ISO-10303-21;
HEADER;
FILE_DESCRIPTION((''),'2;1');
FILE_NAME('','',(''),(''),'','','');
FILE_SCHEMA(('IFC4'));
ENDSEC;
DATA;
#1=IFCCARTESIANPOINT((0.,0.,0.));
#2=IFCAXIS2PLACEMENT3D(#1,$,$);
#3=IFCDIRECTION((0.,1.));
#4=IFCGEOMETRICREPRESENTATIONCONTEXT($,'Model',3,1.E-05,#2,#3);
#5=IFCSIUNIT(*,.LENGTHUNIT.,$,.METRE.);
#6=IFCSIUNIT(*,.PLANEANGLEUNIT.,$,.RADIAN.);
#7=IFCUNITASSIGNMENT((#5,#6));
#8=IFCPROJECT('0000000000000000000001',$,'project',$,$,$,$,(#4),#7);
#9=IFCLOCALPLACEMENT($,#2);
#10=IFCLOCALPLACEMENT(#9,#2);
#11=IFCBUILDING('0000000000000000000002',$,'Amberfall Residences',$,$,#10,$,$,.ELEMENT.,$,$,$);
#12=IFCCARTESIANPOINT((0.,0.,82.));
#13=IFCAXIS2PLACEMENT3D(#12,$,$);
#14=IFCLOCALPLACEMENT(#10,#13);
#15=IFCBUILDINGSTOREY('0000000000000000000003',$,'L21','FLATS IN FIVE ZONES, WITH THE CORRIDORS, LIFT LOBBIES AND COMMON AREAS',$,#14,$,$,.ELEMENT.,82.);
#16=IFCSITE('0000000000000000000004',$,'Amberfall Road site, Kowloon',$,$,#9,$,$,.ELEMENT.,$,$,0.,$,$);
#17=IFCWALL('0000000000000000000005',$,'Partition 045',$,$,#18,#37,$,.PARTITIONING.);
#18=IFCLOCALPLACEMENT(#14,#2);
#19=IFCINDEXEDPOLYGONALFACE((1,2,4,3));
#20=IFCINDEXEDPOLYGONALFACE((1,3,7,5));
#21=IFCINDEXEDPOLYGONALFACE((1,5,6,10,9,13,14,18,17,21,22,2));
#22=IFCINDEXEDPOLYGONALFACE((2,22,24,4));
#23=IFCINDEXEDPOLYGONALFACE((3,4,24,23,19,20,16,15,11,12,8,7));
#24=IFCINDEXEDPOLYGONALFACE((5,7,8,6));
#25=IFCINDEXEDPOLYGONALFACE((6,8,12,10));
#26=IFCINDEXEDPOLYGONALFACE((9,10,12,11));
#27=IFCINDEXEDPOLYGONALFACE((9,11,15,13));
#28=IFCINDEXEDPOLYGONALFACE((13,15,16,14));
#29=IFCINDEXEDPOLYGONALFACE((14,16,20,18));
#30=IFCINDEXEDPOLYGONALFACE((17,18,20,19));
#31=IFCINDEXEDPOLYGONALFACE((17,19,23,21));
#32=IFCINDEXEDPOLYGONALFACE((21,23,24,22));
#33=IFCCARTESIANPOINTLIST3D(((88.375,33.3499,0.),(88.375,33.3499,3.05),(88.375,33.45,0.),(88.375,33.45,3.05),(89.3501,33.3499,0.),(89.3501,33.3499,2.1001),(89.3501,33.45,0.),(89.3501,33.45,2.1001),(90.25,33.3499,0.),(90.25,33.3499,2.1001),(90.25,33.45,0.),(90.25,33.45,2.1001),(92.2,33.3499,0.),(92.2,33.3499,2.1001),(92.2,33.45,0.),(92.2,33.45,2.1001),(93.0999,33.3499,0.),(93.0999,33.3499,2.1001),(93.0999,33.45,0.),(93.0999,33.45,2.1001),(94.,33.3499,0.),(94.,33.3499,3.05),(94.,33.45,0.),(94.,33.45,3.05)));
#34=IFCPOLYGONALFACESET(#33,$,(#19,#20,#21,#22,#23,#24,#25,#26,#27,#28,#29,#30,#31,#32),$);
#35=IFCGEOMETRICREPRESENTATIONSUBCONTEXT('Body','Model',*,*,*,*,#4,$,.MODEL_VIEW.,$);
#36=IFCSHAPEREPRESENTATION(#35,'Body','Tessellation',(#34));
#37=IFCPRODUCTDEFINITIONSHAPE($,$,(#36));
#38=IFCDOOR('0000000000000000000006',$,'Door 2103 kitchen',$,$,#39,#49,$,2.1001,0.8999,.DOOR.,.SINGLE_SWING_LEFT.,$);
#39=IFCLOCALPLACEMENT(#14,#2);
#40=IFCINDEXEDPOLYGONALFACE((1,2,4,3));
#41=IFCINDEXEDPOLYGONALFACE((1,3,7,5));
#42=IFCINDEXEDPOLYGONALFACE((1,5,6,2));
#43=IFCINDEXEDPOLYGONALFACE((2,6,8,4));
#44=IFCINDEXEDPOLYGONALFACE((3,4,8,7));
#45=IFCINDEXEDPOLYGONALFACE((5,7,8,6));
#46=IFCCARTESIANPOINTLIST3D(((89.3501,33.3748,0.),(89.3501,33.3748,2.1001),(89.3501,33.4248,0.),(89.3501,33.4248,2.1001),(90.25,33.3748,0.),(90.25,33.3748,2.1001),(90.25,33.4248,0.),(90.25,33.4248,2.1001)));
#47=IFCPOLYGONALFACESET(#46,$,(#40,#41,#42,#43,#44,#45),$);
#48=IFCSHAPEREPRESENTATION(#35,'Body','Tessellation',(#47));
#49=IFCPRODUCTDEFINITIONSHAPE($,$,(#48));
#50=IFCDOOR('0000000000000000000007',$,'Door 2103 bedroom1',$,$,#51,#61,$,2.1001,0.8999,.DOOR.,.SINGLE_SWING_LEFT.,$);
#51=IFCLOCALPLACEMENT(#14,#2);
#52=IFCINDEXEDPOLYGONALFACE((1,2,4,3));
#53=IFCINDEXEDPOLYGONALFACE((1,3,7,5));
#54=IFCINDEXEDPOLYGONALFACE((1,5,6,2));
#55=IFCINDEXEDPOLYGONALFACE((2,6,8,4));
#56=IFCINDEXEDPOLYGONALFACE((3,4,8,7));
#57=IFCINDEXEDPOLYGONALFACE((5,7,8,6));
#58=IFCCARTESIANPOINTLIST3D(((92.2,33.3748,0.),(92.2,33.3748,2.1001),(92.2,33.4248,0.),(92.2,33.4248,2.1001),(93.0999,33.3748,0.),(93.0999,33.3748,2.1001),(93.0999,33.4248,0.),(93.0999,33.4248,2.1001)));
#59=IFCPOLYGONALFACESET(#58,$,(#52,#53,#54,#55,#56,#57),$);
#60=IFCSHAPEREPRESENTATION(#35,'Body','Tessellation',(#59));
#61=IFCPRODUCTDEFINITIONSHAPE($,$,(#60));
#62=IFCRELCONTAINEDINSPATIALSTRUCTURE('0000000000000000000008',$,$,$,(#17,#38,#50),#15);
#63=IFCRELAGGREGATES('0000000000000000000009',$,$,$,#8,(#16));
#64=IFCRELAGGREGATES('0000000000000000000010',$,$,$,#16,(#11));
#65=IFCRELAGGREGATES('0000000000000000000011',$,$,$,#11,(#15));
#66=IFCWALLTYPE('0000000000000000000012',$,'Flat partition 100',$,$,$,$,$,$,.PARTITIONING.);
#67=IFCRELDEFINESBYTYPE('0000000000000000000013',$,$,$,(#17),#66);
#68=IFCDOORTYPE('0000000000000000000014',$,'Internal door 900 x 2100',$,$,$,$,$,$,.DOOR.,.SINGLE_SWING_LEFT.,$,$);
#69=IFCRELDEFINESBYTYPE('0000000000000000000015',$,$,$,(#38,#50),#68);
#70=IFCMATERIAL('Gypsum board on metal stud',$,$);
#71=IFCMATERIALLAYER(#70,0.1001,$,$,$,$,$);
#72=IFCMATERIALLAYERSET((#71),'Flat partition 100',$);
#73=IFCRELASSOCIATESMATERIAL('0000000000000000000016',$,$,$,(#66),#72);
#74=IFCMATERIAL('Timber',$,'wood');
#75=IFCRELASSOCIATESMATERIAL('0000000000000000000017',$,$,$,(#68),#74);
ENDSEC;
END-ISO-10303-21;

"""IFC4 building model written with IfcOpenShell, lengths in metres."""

from ifc_helpers import new_model, si_unit, direction, frame, frame_2d, origin, place, context, subcontext, project, spatial, rectangle, extrude, material, layer, layer_set, type_object, element, fill, save


model = new_model("IFC4")

# Units and contexts
model_context = context("Model", 3, precision=1e-05, world=origin(), true_north=direction((0.0, 1.0)))
body_context = subcontext(model_context, "Body", "Model", "MODEL_VIEW")
ifc_project = project(units=[si_unit("LENGTHUNIT", "METRE"), si_unit("PLANEANGLEUNIT", "RADIAN")], contexts=[model_context])

# Site, building, storey
site_placement = place(None, origin())
site = spatial("IfcSite", under=ifc_project, at=site_placement, Name="Amberfall Road site, Kowloon", CompositionType="ELEMENT", RefElevation=0.0)
building_placement = place(site_placement, origin())
building = spatial("IfcBuilding", under=site, at=building_placement, Name="Amberfall Residences", CompositionType="ELEMENT")
storey_placement = place(building_placement, frame((0.0, 0.0, 82.0)))
storey = spatial("IfcBuildingStorey", under=building, at=storey_placement, Name="L21", Description="FLATS IN FIVE ZONES, WITH THE CORRIDORS, LIFT LOBBIES AND COMMON AREAS", CompositionType="ELEMENT", Elevation=82.0)

# Shared definitions
ifc_material_1 = material(Name="Gypsum board on metal stud")
ifc_layer_1 = layer(ifc_material_1, 0.1001)
ifc_layer_set_1 = layer_set([ifc_layer_1], Name="Flat partition 100")
wall_type_1 = type_object("IfcWallType", Name="Flat partition 100", PredefinedType="PARTITIONING", material=ifc_layer_set_1)

# Wall, openings, doors
wall_1_placement = place(storey_placement, frame((88.375, 33.3999, 0.0), z_axis=(0.0, 0.0, 1.0), x_axis=(1.0, 0.0, 0.0)))
wall_1 = element("IfcWall", 1, at=wall_1_placement, inside=storey, type_object=wall_type_1, Name="Partition 045", PredefinedType="PARTITIONING", context=body_context, shape_type="SweptSolid", body=[
    extrude(rectangle(XDim=5.625, YDim=0.1001, at=frame_2d((2.8125, 0.0))), origin(), (0.0, 0.0, 1.0), 3.05),
])
opening_1_placement = place(wall_1_placement, frame((0.9751, 0.0, 0.0)))
opening_1 = element("IfcOpeningElement", 2, at=opening_1_placement, cuts=wall_1, PredefinedType="OPENING", context=body_context, shape_type="SweptSolid", body=[
    extrude(rectangle(XDim=0.8999, YDim=2.1001, at=frame_2d((0.45, 1.05))), frame((0.0, 0.0601, 0.0), z_axis=(0.0, -1.0, 0.0), x_axis=(1.0, 0.0, 0.0)), (0.0, 0.0, 1.0), 0.1201),
])
opening_2_placement = place(wall_1_placement, frame((3.825, 0.0, 0.0)))
opening_2 = element("IfcOpeningElement", 3, at=opening_2_placement, cuts=wall_1, PredefinedType="OPENING", context=body_context, shape_type="SweptSolid", body=[
    extrude(rectangle(XDim=0.8999, YDim=2.1001, at=frame_2d((0.45, 1.05))), frame((0.0, 0.0601, 0.0), z_axis=(0.0, -1.0, 0.0), x_axis=(1.0, 0.0, 0.0)), (0.0, 0.0, 1.0), 0.1201),
])
ifc_material_2 = material(Name="Timber", Category="wood")
door_type_1 = type_object("IfcDoorType", Name="Internal door 900 x 2100", OperationType="SINGLE_SWING_LEFT", PredefinedType="DOOR", material=ifc_material_2)
door_1_placement = place(opening_1_placement, origin())
door_1 = element("IfcDoor", 4, at=door_1_placement, inside=storey, type_object=door_type_1, Name="Door 2103 kitchen", OperationType="SINGLE_SWING_LEFT", OverallHeight=2.1001, OverallWidth=0.8999, PredefinedType="DOOR", context=body_context, shape_type="SweptSolid", body=[
    extrude(rectangle(XDim=0.8999, YDim=2.1001, at=frame_2d((0.45, 1.05))), frame((0.0, 0.0249, 0.0), z_axis=(0.0, -1.0, 0.0), x_axis=(1.0, 0.0, 0.0)), (0.0, 0.0, 1.0), 0.05),
])
fill(opening_1, door_1)
door_2_placement = place(opening_2_placement, origin())
door_2 = element("IfcDoor", 5, at=door_2_placement, inside=storey, type_object=door_type_1, Name="Door 2103 bedroom1", OperationType="SINGLE_SWING_LEFT", OverallHeight=2.1001, OverallWidth=0.8999, PredefinedType="DOOR", context=body_context, shape_type="SweptSolid", body=[
    extrude(rectangle(XDim=0.8999, YDim=2.1001, at=frame_2d((0.45, 1.05))), frame((0.0, 0.0249, 0.0), z_axis=(0.0, -1.0, 0.0), x_axis=(1.0, 0.0, 0.0)), (0.0, 0.0, 1.0), 0.05),
])
fill(opening_2, door_2)

save(model, "model.ifc")
